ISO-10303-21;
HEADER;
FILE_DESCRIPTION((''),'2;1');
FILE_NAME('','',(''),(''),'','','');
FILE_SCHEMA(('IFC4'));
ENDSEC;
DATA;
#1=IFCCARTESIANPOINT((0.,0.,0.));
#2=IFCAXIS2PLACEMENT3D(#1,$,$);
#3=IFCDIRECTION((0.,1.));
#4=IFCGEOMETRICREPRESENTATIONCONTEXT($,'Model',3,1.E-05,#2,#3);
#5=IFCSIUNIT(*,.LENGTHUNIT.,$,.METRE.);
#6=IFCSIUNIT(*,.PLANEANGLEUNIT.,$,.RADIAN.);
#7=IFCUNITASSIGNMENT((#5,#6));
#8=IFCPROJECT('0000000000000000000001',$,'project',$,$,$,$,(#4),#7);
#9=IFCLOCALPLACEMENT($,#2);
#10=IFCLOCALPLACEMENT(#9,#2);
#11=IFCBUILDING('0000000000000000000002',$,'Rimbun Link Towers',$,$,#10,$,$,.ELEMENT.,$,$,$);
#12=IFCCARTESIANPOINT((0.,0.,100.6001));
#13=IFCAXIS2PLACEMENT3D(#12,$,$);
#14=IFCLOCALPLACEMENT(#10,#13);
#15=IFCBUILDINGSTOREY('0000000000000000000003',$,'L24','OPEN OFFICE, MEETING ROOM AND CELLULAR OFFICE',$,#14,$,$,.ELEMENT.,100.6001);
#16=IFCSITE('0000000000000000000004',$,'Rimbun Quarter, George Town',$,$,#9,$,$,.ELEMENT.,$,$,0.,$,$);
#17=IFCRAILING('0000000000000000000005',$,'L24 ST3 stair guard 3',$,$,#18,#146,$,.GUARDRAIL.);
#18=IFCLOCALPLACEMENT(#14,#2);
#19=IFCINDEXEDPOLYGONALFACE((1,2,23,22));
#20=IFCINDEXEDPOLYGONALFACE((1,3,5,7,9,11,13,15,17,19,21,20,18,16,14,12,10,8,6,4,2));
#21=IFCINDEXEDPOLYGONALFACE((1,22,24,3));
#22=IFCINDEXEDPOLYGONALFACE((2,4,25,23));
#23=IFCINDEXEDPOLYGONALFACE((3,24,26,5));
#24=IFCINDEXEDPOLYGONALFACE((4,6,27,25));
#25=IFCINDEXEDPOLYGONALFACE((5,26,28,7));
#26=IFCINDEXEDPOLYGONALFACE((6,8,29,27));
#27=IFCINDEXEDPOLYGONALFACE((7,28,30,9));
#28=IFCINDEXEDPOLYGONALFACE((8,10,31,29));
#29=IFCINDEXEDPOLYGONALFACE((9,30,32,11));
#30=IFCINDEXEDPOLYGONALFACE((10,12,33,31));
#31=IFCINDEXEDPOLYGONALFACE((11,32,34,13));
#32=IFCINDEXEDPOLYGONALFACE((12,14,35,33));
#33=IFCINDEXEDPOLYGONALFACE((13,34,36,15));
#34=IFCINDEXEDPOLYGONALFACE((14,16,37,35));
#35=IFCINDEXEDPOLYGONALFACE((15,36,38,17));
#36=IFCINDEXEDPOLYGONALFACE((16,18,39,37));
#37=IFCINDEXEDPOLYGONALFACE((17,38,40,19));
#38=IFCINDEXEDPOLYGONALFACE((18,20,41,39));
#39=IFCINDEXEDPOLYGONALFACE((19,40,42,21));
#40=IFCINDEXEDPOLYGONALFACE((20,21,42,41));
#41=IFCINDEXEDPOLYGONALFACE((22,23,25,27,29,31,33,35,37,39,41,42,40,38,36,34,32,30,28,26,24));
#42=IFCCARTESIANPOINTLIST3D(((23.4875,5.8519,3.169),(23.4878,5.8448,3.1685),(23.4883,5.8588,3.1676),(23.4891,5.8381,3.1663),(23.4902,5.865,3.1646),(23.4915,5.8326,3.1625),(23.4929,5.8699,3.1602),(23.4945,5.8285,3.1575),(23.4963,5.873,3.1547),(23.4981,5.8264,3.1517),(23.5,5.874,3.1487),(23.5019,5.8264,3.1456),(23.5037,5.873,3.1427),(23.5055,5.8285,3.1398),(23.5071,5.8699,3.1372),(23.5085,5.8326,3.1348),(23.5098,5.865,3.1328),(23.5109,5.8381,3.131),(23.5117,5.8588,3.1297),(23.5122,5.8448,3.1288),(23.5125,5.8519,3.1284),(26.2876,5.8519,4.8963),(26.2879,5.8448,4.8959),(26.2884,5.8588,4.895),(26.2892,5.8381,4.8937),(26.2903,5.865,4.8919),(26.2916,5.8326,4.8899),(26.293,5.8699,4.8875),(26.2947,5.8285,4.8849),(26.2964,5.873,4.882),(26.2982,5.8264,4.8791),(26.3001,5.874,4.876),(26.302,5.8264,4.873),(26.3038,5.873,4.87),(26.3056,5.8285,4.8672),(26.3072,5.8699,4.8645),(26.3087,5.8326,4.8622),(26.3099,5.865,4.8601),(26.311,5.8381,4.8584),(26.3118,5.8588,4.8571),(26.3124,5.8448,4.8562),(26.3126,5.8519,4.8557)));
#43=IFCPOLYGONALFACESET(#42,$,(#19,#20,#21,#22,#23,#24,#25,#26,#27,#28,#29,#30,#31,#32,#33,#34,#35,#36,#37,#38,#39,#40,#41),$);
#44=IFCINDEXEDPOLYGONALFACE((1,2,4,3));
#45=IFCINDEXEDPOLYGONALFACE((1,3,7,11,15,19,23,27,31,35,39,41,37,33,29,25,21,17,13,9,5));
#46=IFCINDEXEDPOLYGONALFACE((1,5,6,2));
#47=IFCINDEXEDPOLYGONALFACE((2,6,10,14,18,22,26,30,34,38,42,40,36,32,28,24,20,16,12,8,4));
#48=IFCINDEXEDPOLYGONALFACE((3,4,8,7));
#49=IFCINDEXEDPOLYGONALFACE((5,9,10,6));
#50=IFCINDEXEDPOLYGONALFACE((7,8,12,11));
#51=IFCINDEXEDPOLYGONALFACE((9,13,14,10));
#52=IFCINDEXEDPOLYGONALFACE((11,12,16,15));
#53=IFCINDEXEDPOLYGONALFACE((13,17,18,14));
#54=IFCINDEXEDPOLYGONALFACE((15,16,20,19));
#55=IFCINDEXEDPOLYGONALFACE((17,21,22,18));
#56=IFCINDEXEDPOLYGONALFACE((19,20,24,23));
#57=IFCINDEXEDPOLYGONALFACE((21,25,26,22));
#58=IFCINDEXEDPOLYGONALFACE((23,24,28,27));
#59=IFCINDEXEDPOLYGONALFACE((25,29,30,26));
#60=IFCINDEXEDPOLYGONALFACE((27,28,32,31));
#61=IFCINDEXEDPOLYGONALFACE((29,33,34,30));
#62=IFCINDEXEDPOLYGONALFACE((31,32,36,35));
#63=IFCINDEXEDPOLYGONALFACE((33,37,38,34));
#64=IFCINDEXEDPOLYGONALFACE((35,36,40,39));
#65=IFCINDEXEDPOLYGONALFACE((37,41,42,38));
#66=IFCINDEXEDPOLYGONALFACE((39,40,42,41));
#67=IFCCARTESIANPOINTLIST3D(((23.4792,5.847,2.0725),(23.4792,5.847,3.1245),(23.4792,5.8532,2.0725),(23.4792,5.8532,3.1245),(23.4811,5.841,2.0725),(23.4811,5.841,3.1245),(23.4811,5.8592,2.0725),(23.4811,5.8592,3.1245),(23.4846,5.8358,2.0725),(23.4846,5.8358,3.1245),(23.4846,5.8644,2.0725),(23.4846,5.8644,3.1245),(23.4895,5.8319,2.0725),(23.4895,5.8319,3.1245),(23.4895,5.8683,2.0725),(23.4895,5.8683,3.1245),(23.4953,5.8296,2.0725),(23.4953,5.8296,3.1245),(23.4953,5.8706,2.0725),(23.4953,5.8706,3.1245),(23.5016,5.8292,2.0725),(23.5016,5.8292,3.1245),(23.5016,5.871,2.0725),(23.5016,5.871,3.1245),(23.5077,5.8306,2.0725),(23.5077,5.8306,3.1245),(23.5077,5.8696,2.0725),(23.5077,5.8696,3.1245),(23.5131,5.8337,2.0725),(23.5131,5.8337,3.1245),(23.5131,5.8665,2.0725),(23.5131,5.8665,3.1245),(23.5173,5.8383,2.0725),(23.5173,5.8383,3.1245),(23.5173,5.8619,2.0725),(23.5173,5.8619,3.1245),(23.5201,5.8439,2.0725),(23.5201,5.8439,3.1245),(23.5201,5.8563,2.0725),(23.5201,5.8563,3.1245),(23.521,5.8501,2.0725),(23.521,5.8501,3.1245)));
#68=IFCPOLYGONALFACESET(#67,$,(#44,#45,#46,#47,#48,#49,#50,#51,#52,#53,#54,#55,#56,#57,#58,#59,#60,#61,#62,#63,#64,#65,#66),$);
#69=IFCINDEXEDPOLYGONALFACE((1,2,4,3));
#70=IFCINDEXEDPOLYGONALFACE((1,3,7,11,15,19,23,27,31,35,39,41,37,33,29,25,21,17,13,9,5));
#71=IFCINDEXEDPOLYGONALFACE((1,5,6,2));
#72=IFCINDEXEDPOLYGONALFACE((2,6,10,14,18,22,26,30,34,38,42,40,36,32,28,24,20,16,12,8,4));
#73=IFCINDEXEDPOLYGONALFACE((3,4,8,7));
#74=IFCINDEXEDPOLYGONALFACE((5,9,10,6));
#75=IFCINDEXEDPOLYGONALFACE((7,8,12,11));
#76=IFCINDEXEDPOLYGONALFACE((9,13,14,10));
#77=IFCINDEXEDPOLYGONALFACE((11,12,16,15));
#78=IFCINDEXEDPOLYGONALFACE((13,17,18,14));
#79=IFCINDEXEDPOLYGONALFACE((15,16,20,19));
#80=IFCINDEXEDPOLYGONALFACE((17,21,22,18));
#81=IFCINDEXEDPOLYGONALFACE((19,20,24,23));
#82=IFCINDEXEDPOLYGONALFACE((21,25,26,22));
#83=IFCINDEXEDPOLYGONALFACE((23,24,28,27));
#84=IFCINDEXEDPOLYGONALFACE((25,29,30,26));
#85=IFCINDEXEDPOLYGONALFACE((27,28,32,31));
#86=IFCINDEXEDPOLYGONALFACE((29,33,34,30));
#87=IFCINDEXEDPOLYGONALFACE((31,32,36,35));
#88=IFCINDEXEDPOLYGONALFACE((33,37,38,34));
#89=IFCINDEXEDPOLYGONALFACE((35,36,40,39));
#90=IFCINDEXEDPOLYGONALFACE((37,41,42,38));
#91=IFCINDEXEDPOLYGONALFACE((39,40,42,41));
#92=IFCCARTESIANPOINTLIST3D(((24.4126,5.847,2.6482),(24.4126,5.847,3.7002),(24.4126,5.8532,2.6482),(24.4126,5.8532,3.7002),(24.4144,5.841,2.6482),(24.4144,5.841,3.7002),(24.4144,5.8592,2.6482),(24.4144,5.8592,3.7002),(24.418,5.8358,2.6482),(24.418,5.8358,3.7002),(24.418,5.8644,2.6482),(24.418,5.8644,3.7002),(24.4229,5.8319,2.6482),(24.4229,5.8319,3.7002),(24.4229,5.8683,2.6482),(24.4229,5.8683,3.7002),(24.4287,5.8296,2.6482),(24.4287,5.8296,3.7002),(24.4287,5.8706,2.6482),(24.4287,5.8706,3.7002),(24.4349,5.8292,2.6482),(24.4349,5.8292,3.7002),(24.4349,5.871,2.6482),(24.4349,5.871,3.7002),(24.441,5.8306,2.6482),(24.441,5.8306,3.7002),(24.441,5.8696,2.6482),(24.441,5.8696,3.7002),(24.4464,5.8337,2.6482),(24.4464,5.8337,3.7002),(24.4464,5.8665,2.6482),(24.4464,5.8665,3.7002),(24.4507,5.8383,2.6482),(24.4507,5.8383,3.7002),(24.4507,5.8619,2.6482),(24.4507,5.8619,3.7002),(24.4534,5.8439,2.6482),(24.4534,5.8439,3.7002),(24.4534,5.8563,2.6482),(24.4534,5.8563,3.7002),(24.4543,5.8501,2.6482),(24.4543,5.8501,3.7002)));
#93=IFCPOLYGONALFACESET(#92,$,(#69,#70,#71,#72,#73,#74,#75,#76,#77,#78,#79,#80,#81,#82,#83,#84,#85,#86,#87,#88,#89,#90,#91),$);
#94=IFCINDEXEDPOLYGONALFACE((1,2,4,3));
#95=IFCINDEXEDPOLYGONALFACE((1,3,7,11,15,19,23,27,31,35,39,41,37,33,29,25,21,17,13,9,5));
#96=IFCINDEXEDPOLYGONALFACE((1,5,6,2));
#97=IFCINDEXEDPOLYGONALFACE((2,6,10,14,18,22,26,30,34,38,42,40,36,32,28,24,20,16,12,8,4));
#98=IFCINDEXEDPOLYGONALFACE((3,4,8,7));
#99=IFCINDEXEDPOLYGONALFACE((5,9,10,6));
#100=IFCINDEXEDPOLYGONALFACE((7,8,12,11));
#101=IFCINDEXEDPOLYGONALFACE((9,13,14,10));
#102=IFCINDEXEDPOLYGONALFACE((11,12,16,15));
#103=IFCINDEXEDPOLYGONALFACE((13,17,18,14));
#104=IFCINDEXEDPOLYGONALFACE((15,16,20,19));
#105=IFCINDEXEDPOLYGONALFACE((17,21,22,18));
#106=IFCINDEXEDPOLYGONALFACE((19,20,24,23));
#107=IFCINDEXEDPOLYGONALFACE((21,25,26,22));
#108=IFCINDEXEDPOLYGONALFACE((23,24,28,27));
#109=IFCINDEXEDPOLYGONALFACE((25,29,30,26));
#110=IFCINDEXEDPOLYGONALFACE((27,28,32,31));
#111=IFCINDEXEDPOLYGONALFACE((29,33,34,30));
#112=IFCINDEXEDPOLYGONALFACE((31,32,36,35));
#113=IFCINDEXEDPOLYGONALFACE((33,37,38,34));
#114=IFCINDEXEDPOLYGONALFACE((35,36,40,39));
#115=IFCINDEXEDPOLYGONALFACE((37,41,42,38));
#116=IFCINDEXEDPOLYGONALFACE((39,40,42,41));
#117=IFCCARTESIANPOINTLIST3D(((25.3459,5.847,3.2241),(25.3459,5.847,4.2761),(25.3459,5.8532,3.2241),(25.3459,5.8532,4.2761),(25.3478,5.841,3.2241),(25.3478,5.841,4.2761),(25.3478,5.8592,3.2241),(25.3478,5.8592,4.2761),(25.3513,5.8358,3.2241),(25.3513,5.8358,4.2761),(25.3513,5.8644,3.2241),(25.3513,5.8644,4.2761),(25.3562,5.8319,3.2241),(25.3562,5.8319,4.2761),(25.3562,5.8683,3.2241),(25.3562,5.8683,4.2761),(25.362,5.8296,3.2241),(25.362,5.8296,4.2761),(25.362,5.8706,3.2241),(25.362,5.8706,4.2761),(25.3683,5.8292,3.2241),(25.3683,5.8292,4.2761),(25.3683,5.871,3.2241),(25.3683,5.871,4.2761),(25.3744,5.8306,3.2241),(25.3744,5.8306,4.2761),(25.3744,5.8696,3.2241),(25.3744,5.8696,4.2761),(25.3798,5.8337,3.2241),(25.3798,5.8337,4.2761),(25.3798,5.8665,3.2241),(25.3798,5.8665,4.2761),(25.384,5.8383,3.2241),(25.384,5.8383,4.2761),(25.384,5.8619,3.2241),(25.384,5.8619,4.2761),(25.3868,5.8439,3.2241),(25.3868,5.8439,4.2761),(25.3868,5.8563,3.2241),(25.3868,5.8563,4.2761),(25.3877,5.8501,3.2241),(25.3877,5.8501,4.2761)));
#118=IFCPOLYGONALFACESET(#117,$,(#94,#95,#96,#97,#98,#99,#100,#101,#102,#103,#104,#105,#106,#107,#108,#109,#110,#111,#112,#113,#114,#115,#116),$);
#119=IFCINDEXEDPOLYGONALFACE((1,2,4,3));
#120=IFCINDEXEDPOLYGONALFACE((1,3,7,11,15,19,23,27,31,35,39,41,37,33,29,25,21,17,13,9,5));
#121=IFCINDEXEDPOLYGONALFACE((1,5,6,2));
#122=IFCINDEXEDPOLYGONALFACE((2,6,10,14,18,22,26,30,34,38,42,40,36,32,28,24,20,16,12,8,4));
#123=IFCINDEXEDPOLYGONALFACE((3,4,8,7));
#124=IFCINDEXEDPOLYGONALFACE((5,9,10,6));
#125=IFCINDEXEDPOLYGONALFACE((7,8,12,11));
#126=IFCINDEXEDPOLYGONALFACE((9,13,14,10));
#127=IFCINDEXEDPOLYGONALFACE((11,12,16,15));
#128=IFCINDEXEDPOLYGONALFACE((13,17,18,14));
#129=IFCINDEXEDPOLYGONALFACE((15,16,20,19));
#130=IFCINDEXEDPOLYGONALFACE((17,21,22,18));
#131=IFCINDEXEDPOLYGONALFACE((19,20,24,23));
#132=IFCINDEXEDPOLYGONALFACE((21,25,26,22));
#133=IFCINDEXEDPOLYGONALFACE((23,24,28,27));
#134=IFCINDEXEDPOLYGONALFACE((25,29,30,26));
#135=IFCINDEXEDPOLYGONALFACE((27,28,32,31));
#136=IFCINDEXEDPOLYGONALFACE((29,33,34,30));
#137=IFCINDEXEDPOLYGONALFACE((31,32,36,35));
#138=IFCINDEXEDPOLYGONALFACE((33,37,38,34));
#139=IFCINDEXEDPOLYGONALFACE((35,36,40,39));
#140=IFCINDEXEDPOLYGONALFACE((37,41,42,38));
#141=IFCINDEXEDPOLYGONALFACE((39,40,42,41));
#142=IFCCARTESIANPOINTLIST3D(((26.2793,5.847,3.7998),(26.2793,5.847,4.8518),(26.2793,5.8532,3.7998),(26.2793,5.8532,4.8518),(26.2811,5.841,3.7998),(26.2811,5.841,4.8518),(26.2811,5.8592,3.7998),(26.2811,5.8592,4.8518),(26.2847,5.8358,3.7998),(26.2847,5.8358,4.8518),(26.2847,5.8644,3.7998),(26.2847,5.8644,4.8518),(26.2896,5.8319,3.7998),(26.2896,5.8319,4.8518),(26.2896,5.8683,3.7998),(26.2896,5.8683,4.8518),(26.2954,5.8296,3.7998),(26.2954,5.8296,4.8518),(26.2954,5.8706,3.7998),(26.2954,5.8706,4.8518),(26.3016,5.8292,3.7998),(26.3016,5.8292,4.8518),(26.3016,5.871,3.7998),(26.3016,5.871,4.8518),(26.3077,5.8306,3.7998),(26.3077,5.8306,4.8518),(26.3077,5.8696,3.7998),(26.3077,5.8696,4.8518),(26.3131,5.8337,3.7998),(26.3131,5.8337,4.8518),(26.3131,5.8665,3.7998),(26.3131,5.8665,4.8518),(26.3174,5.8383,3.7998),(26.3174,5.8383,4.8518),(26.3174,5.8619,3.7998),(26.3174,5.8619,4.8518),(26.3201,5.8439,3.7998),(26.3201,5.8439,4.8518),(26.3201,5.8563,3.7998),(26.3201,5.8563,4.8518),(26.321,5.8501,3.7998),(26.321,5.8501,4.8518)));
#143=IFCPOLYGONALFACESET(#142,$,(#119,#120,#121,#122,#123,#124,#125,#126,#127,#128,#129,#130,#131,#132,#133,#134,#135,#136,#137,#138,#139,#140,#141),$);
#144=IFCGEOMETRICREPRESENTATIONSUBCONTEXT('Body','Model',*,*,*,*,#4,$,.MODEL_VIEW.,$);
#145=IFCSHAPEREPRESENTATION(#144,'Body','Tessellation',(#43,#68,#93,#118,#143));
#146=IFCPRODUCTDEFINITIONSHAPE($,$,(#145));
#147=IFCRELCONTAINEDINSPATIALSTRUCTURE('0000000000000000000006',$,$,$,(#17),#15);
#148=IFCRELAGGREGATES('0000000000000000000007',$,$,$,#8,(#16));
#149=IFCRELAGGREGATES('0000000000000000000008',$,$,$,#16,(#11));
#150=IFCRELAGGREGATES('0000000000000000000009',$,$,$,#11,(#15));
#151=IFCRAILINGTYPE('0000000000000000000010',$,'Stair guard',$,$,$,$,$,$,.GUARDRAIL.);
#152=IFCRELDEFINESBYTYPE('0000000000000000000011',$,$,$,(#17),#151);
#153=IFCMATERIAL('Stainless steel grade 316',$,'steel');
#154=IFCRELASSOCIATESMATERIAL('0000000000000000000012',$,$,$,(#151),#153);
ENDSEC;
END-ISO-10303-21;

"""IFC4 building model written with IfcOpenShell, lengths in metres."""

from ifc_helpers import new_model, si_unit, direction, frame, origin, origin_2d, place, context, subcontext, project, spatial, circle, extrude, material, type_object, element, save


model = new_model("IFC4")

# Units and contexts
model_context = context("Model", 3, precision=1e-05, world=origin(), true_north=direction((0.0, 1.0)))
body_context = subcontext(model_context, "Body", "Model", "MODEL_VIEW")
ifc_project = project(units=[si_unit("LENGTHUNIT", "METRE"), si_unit("PLANEANGLEUNIT", "RADIAN")], contexts=[model_context])

# Site, building, storey
site_placement = place(None, origin())
site = spatial("IfcSite", under=ifc_project, at=site_placement, Name="Rimbun Quarter, George Town", CompositionType="ELEMENT", RefElevation=0.0)
building_placement = place(site_placement, origin())
building = spatial("IfcBuilding", under=site, at=building_placement, Name="Rimbun Link Towers", CompositionType="ELEMENT")
storey_placement = place(building_placement, frame((0.0, 0.0, 100.6001)))
storey = spatial("IfcBuildingStorey", under=building, at=storey_placement, Name="L24", Description="OPEN OFFICE, MEETING ROOM AND CELLULAR OFFICE", CompositionType="ELEMENT", Elevation=100.6001)

# Railing
ifc_material_1 = material(Name="Stainless steel grade 316", Category="steel")
railing_type_1 = type_object("IfcRailingType", Name="Stair guard", PredefinedType="GUARDRAIL", material=ifc_material_1)
railing_1_placement = place(storey_placement, frame((23.5, 5.8501, 2.0725)))
element("IfcRailing", 1, at=railing_1_placement, inside=storey, type_object=railing_type_1, Name="L24 ST3 stair guard 3", PredefinedType="GUARDRAIL", context=body_context, shape_type="SweptSolid", body=[
    extrude(circle(Radius=0.0239, at=origin_2d()), frame((0.0, 0.0, 1.0762), z_axis=(0.85109, 0.0, 0.52502), x_axis=(0.0, 1.0, 0.0)), (0.0, 0.0, 1.0), 3.29),
    extrude(circle(Radius=0.021, at=origin_2d()), origin(), (0.0, 0.0, 1.0), 1.052),
    extrude(circle(Radius=0.021, at=origin_2d()), frame((0.9333, 0.0, 0.5757)), (0.0, 0.0, 1.0), 1.052),
    extrude(circle(Radius=0.021, at=origin_2d()), frame((1.8667, 0.0, 1.1516)), (0.0, 0.0, 1.0), 1.052),
    extrude(circle(Radius=0.021, at=origin_2d()), frame((2.8, 0.0, 1.7273)), (0.0, 0.0, 1.0), 1.052),
])

save(model, "model.ifc")
